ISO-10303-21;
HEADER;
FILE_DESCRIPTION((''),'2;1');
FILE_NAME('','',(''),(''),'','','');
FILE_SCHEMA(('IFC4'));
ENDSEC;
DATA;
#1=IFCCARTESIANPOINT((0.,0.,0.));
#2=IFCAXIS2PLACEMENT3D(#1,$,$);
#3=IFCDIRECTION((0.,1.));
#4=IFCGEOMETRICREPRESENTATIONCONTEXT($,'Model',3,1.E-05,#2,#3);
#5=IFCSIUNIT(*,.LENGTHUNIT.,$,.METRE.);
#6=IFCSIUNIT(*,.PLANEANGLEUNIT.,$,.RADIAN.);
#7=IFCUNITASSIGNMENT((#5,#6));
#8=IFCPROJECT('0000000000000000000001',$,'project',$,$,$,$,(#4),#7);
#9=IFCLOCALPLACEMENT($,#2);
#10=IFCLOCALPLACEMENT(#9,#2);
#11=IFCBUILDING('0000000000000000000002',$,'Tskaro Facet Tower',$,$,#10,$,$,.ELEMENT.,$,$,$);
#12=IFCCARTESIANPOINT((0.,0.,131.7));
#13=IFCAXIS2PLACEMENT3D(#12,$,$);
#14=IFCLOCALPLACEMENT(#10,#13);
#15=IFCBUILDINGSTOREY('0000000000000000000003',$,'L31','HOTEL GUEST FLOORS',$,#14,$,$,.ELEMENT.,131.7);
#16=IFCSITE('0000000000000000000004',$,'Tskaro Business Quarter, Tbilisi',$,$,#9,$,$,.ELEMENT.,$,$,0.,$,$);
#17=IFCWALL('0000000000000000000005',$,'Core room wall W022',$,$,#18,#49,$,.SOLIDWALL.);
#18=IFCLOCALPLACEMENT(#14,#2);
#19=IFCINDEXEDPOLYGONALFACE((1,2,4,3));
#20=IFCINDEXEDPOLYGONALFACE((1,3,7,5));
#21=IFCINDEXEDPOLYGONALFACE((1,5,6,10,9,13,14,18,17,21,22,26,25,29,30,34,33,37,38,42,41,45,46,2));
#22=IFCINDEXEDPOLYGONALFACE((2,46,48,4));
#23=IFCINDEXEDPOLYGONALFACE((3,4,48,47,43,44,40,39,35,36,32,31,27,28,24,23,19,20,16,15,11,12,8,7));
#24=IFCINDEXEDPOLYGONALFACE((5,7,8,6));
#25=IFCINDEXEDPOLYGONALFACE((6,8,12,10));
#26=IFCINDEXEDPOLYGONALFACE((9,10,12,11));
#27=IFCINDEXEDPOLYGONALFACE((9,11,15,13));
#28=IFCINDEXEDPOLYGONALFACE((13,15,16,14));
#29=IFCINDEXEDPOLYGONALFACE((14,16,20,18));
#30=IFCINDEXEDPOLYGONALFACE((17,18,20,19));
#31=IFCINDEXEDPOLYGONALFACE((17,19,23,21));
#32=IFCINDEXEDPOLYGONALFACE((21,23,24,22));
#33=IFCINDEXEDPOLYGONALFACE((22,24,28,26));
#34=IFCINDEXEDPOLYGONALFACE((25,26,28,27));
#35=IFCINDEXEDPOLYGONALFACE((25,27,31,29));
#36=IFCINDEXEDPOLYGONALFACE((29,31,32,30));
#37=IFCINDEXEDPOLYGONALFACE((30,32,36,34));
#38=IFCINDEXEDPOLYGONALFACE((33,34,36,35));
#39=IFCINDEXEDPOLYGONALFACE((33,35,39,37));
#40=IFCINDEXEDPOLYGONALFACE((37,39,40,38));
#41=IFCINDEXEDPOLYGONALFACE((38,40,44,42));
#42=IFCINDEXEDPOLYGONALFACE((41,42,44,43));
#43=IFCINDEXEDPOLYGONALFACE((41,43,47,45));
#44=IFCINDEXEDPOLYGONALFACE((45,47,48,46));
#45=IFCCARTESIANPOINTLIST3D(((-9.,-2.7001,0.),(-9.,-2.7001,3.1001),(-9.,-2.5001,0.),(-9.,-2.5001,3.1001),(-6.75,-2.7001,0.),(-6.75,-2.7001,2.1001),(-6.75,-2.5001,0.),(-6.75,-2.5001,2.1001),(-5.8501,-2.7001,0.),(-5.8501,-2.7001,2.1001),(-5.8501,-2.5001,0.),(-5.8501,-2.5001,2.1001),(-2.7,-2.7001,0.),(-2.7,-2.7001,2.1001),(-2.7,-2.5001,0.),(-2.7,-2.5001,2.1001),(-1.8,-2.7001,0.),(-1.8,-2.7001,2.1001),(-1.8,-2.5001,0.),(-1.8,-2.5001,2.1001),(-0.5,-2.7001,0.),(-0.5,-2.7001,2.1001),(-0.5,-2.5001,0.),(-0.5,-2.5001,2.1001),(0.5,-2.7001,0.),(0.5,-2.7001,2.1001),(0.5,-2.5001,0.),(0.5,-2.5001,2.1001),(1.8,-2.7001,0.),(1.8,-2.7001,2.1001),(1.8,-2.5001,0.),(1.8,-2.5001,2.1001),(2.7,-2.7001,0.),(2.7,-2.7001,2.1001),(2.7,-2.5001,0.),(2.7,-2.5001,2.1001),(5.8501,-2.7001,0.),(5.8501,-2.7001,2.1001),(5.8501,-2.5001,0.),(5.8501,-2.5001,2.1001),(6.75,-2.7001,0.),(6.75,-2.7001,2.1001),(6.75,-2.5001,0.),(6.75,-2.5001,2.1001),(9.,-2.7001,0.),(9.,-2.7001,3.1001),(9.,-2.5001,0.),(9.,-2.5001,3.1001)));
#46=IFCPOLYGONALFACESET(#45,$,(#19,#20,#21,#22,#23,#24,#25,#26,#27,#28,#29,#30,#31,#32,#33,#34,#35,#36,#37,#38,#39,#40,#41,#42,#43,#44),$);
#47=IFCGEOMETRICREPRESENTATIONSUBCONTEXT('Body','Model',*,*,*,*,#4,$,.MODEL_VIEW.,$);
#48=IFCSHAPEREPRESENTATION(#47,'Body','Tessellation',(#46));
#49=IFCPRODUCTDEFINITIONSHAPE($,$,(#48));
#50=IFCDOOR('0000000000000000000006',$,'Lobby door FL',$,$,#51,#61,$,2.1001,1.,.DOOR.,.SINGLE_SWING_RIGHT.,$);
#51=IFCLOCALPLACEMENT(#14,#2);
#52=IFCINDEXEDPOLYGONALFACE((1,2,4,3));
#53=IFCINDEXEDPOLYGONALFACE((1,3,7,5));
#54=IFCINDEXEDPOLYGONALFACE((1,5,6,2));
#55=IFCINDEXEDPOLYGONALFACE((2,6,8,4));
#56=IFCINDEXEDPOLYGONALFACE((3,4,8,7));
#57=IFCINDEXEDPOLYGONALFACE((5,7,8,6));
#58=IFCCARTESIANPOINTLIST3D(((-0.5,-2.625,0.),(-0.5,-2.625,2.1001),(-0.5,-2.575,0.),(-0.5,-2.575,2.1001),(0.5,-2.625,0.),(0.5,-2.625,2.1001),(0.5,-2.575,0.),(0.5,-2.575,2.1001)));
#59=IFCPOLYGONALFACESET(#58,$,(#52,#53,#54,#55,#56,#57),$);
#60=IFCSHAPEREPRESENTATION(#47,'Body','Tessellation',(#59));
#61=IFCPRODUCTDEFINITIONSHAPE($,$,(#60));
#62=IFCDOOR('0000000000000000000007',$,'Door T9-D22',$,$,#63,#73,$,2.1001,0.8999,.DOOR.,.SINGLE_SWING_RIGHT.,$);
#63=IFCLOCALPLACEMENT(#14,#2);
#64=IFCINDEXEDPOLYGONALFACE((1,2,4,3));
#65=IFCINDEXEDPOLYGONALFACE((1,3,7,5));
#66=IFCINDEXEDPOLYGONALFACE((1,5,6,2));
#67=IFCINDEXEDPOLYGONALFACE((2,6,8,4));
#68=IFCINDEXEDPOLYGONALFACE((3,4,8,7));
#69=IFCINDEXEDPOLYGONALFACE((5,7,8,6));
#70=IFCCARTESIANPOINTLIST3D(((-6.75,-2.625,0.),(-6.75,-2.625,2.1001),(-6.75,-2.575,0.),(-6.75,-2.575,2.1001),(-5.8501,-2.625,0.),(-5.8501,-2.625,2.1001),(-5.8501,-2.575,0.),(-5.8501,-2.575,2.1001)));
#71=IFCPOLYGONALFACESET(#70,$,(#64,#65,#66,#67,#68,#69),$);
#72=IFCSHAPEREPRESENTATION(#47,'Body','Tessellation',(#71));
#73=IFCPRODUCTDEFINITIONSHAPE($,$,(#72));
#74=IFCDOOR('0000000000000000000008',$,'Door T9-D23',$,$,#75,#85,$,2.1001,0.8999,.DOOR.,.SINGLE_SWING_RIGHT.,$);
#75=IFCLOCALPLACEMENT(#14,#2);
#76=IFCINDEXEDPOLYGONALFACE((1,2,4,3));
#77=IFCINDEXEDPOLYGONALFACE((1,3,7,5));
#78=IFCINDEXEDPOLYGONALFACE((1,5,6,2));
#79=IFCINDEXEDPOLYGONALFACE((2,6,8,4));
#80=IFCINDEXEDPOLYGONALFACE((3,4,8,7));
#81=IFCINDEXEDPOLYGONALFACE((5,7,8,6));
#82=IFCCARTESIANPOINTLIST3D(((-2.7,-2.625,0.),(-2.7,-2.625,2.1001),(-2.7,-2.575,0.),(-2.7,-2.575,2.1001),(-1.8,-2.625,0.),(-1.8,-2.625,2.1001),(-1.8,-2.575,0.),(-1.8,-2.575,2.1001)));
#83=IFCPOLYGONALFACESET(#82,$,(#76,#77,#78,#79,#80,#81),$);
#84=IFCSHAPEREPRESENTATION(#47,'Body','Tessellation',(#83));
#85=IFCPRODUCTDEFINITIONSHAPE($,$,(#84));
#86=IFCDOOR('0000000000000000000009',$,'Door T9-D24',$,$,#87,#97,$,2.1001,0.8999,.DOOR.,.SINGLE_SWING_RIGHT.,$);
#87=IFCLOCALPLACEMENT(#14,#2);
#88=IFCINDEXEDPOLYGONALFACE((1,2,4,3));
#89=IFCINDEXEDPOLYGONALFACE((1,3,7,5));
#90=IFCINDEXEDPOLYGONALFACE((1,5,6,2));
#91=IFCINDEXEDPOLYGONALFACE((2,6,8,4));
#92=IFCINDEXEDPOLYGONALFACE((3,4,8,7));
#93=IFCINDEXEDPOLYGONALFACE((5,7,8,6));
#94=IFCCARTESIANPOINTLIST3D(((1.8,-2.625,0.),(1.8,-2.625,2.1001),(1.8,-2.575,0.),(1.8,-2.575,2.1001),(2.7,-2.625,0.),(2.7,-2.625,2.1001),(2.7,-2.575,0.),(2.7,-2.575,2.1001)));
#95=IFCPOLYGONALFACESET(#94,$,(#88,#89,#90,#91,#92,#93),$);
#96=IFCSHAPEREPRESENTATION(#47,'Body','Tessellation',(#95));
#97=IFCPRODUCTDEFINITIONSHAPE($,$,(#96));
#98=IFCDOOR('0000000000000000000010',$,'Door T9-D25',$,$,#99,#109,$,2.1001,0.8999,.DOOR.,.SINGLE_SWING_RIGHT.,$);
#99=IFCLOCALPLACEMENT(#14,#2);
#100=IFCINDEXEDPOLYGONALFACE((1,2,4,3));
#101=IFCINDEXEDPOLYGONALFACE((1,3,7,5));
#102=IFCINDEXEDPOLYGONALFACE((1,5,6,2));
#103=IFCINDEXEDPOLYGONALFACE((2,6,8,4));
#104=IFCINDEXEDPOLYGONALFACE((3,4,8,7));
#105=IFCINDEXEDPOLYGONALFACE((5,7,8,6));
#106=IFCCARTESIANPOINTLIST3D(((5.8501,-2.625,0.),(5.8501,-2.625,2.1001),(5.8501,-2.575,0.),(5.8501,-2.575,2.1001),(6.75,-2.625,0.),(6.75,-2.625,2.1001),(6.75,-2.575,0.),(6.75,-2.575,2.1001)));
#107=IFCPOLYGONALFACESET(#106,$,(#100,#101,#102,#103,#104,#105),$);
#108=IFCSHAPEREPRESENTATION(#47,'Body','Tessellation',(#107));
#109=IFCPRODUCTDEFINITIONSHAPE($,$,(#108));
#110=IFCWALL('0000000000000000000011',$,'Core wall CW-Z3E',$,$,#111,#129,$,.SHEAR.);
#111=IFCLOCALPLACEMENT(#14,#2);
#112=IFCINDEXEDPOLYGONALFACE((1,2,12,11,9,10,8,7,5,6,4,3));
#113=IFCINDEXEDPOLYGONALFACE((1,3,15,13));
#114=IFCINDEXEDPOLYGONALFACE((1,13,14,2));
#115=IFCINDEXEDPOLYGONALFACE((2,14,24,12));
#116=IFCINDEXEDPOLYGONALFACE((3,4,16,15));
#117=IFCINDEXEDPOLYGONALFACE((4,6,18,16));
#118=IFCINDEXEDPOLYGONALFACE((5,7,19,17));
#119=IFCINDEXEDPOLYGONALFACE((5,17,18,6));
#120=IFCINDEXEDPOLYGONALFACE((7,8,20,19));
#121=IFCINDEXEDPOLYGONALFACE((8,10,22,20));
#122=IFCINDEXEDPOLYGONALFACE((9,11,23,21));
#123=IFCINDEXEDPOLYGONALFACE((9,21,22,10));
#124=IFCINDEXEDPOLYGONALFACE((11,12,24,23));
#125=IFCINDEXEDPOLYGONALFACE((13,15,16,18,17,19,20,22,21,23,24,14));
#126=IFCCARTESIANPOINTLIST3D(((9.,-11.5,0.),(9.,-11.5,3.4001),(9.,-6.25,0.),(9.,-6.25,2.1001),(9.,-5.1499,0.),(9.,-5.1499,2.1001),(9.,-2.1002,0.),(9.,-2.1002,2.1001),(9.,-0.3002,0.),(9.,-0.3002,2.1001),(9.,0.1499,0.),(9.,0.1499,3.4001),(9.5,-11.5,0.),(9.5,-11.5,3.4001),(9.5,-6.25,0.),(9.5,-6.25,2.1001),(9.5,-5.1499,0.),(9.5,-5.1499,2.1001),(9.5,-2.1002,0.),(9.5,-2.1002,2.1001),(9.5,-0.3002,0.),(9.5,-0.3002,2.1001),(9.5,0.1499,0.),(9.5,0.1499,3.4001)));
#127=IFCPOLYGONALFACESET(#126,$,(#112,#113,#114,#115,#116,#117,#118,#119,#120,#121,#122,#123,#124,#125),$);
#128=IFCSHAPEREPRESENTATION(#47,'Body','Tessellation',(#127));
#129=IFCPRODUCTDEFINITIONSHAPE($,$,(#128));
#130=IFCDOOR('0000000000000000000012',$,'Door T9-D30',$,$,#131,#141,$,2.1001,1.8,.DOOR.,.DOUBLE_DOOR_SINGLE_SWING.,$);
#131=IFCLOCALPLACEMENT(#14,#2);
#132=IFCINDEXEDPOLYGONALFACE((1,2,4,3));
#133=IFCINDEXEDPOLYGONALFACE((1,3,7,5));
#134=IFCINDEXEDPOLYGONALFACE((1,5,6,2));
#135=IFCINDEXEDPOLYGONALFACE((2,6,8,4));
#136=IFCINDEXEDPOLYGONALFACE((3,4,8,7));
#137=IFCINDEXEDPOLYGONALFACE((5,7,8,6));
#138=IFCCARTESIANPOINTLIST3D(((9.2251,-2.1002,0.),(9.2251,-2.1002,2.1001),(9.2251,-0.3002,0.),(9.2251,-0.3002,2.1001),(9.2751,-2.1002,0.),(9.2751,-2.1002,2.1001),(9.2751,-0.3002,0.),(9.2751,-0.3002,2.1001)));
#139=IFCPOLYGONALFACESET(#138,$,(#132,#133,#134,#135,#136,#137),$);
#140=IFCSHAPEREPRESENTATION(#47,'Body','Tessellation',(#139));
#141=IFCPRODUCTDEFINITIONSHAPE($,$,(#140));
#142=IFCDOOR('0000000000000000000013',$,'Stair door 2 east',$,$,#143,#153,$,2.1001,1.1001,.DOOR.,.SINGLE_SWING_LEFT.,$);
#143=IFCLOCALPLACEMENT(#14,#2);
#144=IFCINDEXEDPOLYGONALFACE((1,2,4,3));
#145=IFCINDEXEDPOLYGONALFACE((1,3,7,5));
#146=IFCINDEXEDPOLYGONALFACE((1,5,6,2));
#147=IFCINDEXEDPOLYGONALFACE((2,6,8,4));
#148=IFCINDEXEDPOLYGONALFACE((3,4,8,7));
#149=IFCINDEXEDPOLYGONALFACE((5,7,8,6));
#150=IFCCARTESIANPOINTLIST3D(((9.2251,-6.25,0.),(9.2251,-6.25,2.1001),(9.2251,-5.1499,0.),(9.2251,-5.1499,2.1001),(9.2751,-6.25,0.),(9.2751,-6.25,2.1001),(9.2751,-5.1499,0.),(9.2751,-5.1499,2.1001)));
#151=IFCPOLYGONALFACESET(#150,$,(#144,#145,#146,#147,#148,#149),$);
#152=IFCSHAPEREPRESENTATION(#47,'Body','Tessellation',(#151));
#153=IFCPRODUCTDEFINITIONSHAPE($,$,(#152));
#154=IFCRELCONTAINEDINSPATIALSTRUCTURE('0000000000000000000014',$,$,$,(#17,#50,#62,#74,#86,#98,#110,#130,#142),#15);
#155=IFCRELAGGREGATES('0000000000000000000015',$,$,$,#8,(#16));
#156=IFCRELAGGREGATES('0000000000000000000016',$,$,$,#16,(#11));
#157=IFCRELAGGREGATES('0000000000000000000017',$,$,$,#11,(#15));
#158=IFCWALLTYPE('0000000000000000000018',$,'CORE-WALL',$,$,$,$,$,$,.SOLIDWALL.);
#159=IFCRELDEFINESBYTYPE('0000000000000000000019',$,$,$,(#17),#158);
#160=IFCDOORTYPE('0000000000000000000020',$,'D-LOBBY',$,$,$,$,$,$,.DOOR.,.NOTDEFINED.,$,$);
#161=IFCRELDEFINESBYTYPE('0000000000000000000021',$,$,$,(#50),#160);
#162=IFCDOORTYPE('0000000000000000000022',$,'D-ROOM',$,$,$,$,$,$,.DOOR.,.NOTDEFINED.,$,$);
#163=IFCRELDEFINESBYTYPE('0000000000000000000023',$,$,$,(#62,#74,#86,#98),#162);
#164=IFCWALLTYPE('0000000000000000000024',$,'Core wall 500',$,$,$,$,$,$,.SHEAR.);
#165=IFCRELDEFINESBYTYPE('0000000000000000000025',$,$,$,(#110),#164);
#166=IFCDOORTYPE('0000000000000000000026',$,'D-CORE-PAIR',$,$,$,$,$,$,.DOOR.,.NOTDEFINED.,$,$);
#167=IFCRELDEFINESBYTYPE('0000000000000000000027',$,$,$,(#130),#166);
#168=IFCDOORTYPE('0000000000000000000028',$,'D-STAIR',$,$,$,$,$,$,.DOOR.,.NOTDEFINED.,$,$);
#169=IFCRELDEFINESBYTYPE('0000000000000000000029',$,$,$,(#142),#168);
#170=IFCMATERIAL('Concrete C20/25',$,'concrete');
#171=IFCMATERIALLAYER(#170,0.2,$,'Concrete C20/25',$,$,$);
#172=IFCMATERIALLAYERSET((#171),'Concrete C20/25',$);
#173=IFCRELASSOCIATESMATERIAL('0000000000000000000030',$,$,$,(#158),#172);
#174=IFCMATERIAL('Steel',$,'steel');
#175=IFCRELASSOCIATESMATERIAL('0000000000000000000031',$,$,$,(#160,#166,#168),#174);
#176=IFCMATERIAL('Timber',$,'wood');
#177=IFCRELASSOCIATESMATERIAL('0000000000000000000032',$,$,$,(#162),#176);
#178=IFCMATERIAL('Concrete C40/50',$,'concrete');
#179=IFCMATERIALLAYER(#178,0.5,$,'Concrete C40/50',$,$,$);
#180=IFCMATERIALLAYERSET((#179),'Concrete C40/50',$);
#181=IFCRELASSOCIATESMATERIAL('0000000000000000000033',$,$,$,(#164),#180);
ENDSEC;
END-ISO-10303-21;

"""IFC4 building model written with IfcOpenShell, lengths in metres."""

from ifc_helpers import new_model, si_unit, direction, frame, frame_2d, origin, place, context, subcontext, project, spatial, rectangle, extrude, material, layer, layer_set, type_object, element, fill, save


model = new_model("IFC4")

# Units and contexts
model_context = context("Model", 3, precision=1e-05, world=origin(), true_north=direction((0.0, 1.0)))
body_context = subcontext(model_context, "Body", "Model", "MODEL_VIEW")
ifc_project = project(units=[si_unit("LENGTHUNIT", "METRE"), si_unit("PLANEANGLEUNIT", "RADIAN")], contexts=[model_context])

# Site, building, storey
site_placement = place(None, origin())
site = spatial("IfcSite", under=ifc_project, at=site_placement, Name="Tskaro Business Quarter, Tbilisi", CompositionType="ELEMENT", RefElevation=0.0)
building_placement = place(site_placement, origin())
building = spatial("IfcBuilding", under=site, at=building_placement, Name="Tskaro Facet Tower", CompositionType="ELEMENT")
storey_placement = place(building_placement, frame((0.0, 0.0, 131.7)))
storey = spatial("IfcBuildingStorey", under=building, at=storey_placement, Name="L31", Description="HOTEL GUEST FLOORS", CompositionType="ELEMENT", Elevation=131.7)

# Walls, openings, doors
ifc_material_1 = material(Name="Concrete C20/25", Category="concrete")
ifc_layer_1 = layer(ifc_material_1, 0.2, Name="Concrete C20/25")
ifc_layer_set_1 = layer_set([ifc_layer_1], Name="Concrete C20/25")
wall_type_1 = type_object("IfcWallType", Name="CORE-WALL", PredefinedType="SOLIDWALL", material=ifc_layer_set_1)
wall_1_placement = place(storey_placement, frame((9.0, -2.6001, 0.0), z_axis=(0.0, 0.0, 1.0), x_axis=(-1.0, 0.0, 0.0)))
wall_1 = element("IfcWall", 1, at=wall_1_placement, inside=storey, type_object=wall_type_1, Name="Core room wall W022", PredefinedType="SOLIDWALL", context=body_context, shape_type="SweptSolid", body=[
    extrude(rectangle(XDim=18.0, YDim=0.2, at=frame_2d((9.0, 0.0))), origin(), (0.0, 0.0, 1.0), 3.1001),
])
opening_1_placement = place(wall_1_placement, frame((8.5, 0.0, 0.0)))
opening_1 = element("IfcOpeningElement", 2, at=opening_1_placement, cuts=wall_1, PredefinedType="OPENING", context=body_context, shape_type="SweptSolid", body=[
    extrude(rectangle(XDim=1.0, YDim=2.1001, at=frame_2d((0.5, 1.05))), frame((0.0, 0.1099, 0.0), z_axis=(0.0, -1.0, 0.0), x_axis=(1.0, 0.0, 0.0)), (0.0, 0.0, 1.0), 0.22),
])
opening_2_placement = place(wall_1_placement, frame((14.8501, 0.0, 0.0)))
opening_2 = element("IfcOpeningElement", 3, at=opening_2_placement, cuts=wall_1, PredefinedType="OPENING", context=body_context, shape_type="SweptSolid", body=[
    extrude(rectangle(XDim=0.8999, YDim=2.1001, at=frame_2d((0.45, 1.05))), frame((0.0, 0.1099, 0.0), z_axis=(0.0, -1.0, 0.0), x_axis=(1.0, 0.0, 0.0)), (0.0, 0.0, 1.0), 0.22),
])
opening_3_placement = place(wall_1_placement, frame((10.8, 0.0, 0.0)))
opening_3 = element("IfcOpeningElement", 4, at=opening_3_placement, cuts=wall_1, PredefinedType="OPENING", context=body_context, shape_type="SweptSolid", body=[
    extrude(rectangle(XDim=0.8999, YDim=2.1001, at=frame_2d((0.45, 1.05))), frame((0.0, 0.1099, 0.0), z_axis=(0.0, -1.0, 0.0), x_axis=(1.0, 0.0, 0.0)), (0.0, 0.0, 1.0), 0.22),
])
opening_4_placement = place(wall_1_placement, frame((6.3, 0.0, 0.0)))
opening_4 = element("IfcOpeningElement", 5, at=opening_4_placement, cuts=wall_1, PredefinedType="OPENING", context=body_context, shape_type="SweptSolid", body=[
    extrude(rectangle(XDim=0.8999, YDim=2.1001, at=frame_2d((0.45, 1.05))), frame((0.0, 0.1099, 0.0), z_axis=(0.0, -1.0, 0.0), x_axis=(1.0, 0.0, 0.0)), (0.0, 0.0, 1.0), 0.22),
])
opening_5_placement = place(wall_1_placement, frame((2.25, 0.0, 0.0)))
opening_5 = element("IfcOpeningElement", 6, at=opening_5_placement, cuts=wall_1, PredefinedType="OPENING", context=body_context, shape_type="SweptSolid", body=[
    extrude(rectangle(XDim=0.8999, YDim=2.1001, at=frame_2d((0.45, 1.05))), frame((0.0, 0.1099, 0.0), z_axis=(0.0, -1.0, 0.0), x_axis=(1.0, 0.0, 0.0)), (0.0, 0.0, 1.0), 0.22),
])
ifc_material_2 = material(Name="Steel", Category="steel")
door_type_1 = type_object("IfcDoorType", Name="D-LOBBY", OperationType="NOTDEFINED", PredefinedType="DOOR", material=ifc_material_2)
door_1_placement = place(opening_1_placement, origin())
door_1 = element("IfcDoor", 7, at=door_1_placement, inside=storey, type_object=door_type_1, Name="Lobby door FL", OperationType="SINGLE_SWING_RIGHT", OverallHeight=2.1001, OverallWidth=1.0, PredefinedType="DOOR", context=body_context, shape_type="SweptSolid", body=[
    extrude(rectangle(XDim=1.0, YDim=2.1001, at=frame_2d((0.5, 1.05))), frame((0.0, 0.0249, 0.0), z_axis=(0.0, -1.0, 0.0), x_axis=(1.0, 0.0, 0.0)), (0.0, 0.0, 1.0), 0.05),
])
fill(opening_1, door_1)
ifc_material_3 = material(Name="Timber", Category="wood")
door_type_2 = type_object("IfcDoorType", Name="D-ROOM", OperationType="NOTDEFINED", PredefinedType="DOOR", material=ifc_material_3)
door_2_placement = place(opening_2_placement, origin())
door_2 = element("IfcDoor", 8, at=door_2_placement, inside=storey, type_object=door_type_2, Name="Door T9-D22", OperationType="SINGLE_SWING_RIGHT", OverallHeight=2.1001, OverallWidth=0.8999, PredefinedType="DOOR", context=body_context, shape_type="SweptSolid", body=[
    extrude(rectangle(XDim=0.8999, YDim=2.1001, at=frame_2d((0.45, 1.05))), frame((0.0, 0.0249, 0.0), z_axis=(0.0, -1.0, 0.0), x_axis=(1.0, 0.0, 0.0)), (0.0, 0.0, 1.0), 0.05),
])
fill(opening_2, door_2)
door_3_placement = place(opening_3_placement, origin())
door_3 = element("IfcDoor", 9, at=door_3_placement, inside=storey, type_object=door_type_2, Name="Door T9-D23", OperationType="SINGLE_SWING_RIGHT", OverallHeight=2.1001, OverallWidth=0.8999, PredefinedType="DOOR", context=body_context, shape_type="SweptSolid", body=[
    extrude(rectangle(XDim=0.8999, YDim=2.1001, at=frame_2d((0.45, 1.05))), frame((0.0, 0.0249, 0.0), z_axis=(0.0, -1.0, 0.0), x_axis=(1.0, 0.0, 0.0)), (0.0, 0.0, 1.0), 0.05),
])
fill(opening_3, door_3)
door_4_placement = place(opening_4_placement, origin())
door_4 = element("IfcDoor", 10, at=door_4_placement, inside=storey, type_object=door_type_2, Name="Door T9-D24", OperationType="SINGLE_SWING_RIGHT", OverallHeight=2.1001, OverallWidth=0.8999, PredefinedType="DOOR", context=body_context, shape_type="SweptSolid", body=[
    extrude(rectangle(XDim=0.8999, YDim=2.1001, at=frame_2d((0.45, 1.05))), frame((0.0, 0.0249, 0.0), z_axis=(0.0, -1.0, 0.0), x_axis=(1.0, 0.0, 0.0)), (0.0, 0.0, 1.0), 0.05),
])
fill(opening_4, door_4)
door_5_placement = place(opening_5_placement, origin())
door_5 = element("IfcDoor", 11, at=door_5_placement, inside=storey, type_object=door_type_2, Name="Door T9-D25", OperationType="SINGLE_SWING_RIGHT", OverallHeight=2.1001, OverallWidth=0.8999, PredefinedType="DOOR", context=body_context, shape_type="SweptSolid", body=[
    extrude(rectangle(XDim=0.8999, YDim=2.1001, at=frame_2d((0.45, 1.05))), frame((0.0, 0.0249, 0.0), z_axis=(0.0, -1.0, 0.0), x_axis=(1.0, 0.0, 0.0)), (0.0, 0.0, 1.0), 0.05),
])
fill(opening_5, door_5)
ifc_material_4 = material(Name="Concrete C40/50", Category="concrete")
ifc_layer_2 = layer(ifc_material_4, 0.5, Name="Concrete C40/50")
ifc_layer_set_2 = layer_set([ifc_layer_2], Name="Concrete C40/50")
wall_type_2 = type_object("IfcWallType", Name="Core wall 500", PredefinedType="SHEAR", material=ifc_layer_set_2)
wall_2_placement = place(storey_placement, frame((9.25, -11.5, 0.0), z_axis=(0.0, 0.0, 1.0), x_axis=(0.0, 1.0, 0.0)))
wall_2 = element("IfcWall", 12, at=wall_2_placement, inside=storey, type_object=wall_type_2, Name="Core wall CW-Z3E", PredefinedType="SHEAR", context=body_context, shape_type="SweptSolid", body=[
    extrude(rectangle(XDim=11.6499, YDim=0.5, at=frame_2d((5.825, 0.0))), origin(), (0.0, 0.0, 1.0), 3.4001),
])
opening_6_placement = place(wall_2_placement, frame((9.3999, 0.0, 0.0)))
opening_6 = element("IfcOpeningElement", 13, at=opening_6_placement, cuts=wall_2, PredefinedType="OPENING", context=body_context, shape_type="SweptSolid", body=[
    extrude(rectangle(XDim=1.8, YDim=2.1001, at=frame_2d((0.8999, 1.05))), frame((0.0, 0.26, 0.0), z_axis=(0.0, -1.0, 0.0), x_axis=(1.0, 0.0, 0.0)), (0.0, 0.0, 1.0), 0.52),
])
opening_7_placement = place(wall_2_placement, frame((5.25, 0.0, 0.0)))
opening_7 = element("IfcOpeningElement", 14, at=opening_7_placement, cuts=wall_2, PredefinedType="OPENING", context=body_context, shape_type="SweptSolid", body=[
    extrude(rectangle(XDim=1.1001, YDim=2.1001, at=frame_2d((0.55, 1.05))), frame((0.0, 0.26, 0.0), z_axis=(0.0, -1.0, 0.0), x_axis=(1.0, 0.0, 0.0)), (0.0, 0.0, 1.0), 0.52),
])
door_type_3 = type_object("IfcDoorType", Name="D-CORE-PAIR", OperationType="NOTDEFINED", PredefinedType="DOOR", material=ifc_material_2)
door_6_placement = place(opening_6_placement, origin())
door_6 = element("IfcDoor", 15, at=door_6_placement, inside=storey, type_object=door_type_3, Name="Door T9-D30", OperationType="DOUBLE_DOOR_SINGLE_SWING", OverallHeight=2.1001, OverallWidth=1.8, PredefinedType="DOOR", context=body_context, shape_type="SweptSolid", body=[
    extrude(rectangle(XDim=1.8, YDim=2.1001, at=frame_2d((0.8999, 1.05))), frame((0.0, 0.0249, 0.0), z_axis=(0.0, -1.0, 0.0), x_axis=(1.0, 0.0, 0.0)), (0.0, 0.0, 1.0), 0.05),
])
fill(opening_6, door_6)
door_type_4 = type_object("IfcDoorType", Name="D-STAIR", OperationType="NOTDEFINED", PredefinedType="DOOR", material=ifc_material_2)
door_7_placement = place(opening_7_placement, origin())
door_7 = element("IfcDoor", 16, at=door_7_placement, inside=storey, type_object=door_type_4, Name="Stair door 2 east", OperationType="SINGLE_SWING_LEFT", OverallHeight=2.1001, OverallWidth=1.1001, PredefinedType="DOOR", context=body_context, shape_type="SweptSolid", body=[
    extrude(rectangle(XDim=1.1001, YDim=2.1001, at=frame_2d((0.55, 1.05))), frame((0.0, 0.0249, 0.0), z_axis=(0.0, -1.0, 0.0), x_axis=(1.0, 0.0, 0.0)), (0.0, 0.0, 1.0), 0.05),
])
fill(opening_7, door_7)

save(model, "model.ifc")
